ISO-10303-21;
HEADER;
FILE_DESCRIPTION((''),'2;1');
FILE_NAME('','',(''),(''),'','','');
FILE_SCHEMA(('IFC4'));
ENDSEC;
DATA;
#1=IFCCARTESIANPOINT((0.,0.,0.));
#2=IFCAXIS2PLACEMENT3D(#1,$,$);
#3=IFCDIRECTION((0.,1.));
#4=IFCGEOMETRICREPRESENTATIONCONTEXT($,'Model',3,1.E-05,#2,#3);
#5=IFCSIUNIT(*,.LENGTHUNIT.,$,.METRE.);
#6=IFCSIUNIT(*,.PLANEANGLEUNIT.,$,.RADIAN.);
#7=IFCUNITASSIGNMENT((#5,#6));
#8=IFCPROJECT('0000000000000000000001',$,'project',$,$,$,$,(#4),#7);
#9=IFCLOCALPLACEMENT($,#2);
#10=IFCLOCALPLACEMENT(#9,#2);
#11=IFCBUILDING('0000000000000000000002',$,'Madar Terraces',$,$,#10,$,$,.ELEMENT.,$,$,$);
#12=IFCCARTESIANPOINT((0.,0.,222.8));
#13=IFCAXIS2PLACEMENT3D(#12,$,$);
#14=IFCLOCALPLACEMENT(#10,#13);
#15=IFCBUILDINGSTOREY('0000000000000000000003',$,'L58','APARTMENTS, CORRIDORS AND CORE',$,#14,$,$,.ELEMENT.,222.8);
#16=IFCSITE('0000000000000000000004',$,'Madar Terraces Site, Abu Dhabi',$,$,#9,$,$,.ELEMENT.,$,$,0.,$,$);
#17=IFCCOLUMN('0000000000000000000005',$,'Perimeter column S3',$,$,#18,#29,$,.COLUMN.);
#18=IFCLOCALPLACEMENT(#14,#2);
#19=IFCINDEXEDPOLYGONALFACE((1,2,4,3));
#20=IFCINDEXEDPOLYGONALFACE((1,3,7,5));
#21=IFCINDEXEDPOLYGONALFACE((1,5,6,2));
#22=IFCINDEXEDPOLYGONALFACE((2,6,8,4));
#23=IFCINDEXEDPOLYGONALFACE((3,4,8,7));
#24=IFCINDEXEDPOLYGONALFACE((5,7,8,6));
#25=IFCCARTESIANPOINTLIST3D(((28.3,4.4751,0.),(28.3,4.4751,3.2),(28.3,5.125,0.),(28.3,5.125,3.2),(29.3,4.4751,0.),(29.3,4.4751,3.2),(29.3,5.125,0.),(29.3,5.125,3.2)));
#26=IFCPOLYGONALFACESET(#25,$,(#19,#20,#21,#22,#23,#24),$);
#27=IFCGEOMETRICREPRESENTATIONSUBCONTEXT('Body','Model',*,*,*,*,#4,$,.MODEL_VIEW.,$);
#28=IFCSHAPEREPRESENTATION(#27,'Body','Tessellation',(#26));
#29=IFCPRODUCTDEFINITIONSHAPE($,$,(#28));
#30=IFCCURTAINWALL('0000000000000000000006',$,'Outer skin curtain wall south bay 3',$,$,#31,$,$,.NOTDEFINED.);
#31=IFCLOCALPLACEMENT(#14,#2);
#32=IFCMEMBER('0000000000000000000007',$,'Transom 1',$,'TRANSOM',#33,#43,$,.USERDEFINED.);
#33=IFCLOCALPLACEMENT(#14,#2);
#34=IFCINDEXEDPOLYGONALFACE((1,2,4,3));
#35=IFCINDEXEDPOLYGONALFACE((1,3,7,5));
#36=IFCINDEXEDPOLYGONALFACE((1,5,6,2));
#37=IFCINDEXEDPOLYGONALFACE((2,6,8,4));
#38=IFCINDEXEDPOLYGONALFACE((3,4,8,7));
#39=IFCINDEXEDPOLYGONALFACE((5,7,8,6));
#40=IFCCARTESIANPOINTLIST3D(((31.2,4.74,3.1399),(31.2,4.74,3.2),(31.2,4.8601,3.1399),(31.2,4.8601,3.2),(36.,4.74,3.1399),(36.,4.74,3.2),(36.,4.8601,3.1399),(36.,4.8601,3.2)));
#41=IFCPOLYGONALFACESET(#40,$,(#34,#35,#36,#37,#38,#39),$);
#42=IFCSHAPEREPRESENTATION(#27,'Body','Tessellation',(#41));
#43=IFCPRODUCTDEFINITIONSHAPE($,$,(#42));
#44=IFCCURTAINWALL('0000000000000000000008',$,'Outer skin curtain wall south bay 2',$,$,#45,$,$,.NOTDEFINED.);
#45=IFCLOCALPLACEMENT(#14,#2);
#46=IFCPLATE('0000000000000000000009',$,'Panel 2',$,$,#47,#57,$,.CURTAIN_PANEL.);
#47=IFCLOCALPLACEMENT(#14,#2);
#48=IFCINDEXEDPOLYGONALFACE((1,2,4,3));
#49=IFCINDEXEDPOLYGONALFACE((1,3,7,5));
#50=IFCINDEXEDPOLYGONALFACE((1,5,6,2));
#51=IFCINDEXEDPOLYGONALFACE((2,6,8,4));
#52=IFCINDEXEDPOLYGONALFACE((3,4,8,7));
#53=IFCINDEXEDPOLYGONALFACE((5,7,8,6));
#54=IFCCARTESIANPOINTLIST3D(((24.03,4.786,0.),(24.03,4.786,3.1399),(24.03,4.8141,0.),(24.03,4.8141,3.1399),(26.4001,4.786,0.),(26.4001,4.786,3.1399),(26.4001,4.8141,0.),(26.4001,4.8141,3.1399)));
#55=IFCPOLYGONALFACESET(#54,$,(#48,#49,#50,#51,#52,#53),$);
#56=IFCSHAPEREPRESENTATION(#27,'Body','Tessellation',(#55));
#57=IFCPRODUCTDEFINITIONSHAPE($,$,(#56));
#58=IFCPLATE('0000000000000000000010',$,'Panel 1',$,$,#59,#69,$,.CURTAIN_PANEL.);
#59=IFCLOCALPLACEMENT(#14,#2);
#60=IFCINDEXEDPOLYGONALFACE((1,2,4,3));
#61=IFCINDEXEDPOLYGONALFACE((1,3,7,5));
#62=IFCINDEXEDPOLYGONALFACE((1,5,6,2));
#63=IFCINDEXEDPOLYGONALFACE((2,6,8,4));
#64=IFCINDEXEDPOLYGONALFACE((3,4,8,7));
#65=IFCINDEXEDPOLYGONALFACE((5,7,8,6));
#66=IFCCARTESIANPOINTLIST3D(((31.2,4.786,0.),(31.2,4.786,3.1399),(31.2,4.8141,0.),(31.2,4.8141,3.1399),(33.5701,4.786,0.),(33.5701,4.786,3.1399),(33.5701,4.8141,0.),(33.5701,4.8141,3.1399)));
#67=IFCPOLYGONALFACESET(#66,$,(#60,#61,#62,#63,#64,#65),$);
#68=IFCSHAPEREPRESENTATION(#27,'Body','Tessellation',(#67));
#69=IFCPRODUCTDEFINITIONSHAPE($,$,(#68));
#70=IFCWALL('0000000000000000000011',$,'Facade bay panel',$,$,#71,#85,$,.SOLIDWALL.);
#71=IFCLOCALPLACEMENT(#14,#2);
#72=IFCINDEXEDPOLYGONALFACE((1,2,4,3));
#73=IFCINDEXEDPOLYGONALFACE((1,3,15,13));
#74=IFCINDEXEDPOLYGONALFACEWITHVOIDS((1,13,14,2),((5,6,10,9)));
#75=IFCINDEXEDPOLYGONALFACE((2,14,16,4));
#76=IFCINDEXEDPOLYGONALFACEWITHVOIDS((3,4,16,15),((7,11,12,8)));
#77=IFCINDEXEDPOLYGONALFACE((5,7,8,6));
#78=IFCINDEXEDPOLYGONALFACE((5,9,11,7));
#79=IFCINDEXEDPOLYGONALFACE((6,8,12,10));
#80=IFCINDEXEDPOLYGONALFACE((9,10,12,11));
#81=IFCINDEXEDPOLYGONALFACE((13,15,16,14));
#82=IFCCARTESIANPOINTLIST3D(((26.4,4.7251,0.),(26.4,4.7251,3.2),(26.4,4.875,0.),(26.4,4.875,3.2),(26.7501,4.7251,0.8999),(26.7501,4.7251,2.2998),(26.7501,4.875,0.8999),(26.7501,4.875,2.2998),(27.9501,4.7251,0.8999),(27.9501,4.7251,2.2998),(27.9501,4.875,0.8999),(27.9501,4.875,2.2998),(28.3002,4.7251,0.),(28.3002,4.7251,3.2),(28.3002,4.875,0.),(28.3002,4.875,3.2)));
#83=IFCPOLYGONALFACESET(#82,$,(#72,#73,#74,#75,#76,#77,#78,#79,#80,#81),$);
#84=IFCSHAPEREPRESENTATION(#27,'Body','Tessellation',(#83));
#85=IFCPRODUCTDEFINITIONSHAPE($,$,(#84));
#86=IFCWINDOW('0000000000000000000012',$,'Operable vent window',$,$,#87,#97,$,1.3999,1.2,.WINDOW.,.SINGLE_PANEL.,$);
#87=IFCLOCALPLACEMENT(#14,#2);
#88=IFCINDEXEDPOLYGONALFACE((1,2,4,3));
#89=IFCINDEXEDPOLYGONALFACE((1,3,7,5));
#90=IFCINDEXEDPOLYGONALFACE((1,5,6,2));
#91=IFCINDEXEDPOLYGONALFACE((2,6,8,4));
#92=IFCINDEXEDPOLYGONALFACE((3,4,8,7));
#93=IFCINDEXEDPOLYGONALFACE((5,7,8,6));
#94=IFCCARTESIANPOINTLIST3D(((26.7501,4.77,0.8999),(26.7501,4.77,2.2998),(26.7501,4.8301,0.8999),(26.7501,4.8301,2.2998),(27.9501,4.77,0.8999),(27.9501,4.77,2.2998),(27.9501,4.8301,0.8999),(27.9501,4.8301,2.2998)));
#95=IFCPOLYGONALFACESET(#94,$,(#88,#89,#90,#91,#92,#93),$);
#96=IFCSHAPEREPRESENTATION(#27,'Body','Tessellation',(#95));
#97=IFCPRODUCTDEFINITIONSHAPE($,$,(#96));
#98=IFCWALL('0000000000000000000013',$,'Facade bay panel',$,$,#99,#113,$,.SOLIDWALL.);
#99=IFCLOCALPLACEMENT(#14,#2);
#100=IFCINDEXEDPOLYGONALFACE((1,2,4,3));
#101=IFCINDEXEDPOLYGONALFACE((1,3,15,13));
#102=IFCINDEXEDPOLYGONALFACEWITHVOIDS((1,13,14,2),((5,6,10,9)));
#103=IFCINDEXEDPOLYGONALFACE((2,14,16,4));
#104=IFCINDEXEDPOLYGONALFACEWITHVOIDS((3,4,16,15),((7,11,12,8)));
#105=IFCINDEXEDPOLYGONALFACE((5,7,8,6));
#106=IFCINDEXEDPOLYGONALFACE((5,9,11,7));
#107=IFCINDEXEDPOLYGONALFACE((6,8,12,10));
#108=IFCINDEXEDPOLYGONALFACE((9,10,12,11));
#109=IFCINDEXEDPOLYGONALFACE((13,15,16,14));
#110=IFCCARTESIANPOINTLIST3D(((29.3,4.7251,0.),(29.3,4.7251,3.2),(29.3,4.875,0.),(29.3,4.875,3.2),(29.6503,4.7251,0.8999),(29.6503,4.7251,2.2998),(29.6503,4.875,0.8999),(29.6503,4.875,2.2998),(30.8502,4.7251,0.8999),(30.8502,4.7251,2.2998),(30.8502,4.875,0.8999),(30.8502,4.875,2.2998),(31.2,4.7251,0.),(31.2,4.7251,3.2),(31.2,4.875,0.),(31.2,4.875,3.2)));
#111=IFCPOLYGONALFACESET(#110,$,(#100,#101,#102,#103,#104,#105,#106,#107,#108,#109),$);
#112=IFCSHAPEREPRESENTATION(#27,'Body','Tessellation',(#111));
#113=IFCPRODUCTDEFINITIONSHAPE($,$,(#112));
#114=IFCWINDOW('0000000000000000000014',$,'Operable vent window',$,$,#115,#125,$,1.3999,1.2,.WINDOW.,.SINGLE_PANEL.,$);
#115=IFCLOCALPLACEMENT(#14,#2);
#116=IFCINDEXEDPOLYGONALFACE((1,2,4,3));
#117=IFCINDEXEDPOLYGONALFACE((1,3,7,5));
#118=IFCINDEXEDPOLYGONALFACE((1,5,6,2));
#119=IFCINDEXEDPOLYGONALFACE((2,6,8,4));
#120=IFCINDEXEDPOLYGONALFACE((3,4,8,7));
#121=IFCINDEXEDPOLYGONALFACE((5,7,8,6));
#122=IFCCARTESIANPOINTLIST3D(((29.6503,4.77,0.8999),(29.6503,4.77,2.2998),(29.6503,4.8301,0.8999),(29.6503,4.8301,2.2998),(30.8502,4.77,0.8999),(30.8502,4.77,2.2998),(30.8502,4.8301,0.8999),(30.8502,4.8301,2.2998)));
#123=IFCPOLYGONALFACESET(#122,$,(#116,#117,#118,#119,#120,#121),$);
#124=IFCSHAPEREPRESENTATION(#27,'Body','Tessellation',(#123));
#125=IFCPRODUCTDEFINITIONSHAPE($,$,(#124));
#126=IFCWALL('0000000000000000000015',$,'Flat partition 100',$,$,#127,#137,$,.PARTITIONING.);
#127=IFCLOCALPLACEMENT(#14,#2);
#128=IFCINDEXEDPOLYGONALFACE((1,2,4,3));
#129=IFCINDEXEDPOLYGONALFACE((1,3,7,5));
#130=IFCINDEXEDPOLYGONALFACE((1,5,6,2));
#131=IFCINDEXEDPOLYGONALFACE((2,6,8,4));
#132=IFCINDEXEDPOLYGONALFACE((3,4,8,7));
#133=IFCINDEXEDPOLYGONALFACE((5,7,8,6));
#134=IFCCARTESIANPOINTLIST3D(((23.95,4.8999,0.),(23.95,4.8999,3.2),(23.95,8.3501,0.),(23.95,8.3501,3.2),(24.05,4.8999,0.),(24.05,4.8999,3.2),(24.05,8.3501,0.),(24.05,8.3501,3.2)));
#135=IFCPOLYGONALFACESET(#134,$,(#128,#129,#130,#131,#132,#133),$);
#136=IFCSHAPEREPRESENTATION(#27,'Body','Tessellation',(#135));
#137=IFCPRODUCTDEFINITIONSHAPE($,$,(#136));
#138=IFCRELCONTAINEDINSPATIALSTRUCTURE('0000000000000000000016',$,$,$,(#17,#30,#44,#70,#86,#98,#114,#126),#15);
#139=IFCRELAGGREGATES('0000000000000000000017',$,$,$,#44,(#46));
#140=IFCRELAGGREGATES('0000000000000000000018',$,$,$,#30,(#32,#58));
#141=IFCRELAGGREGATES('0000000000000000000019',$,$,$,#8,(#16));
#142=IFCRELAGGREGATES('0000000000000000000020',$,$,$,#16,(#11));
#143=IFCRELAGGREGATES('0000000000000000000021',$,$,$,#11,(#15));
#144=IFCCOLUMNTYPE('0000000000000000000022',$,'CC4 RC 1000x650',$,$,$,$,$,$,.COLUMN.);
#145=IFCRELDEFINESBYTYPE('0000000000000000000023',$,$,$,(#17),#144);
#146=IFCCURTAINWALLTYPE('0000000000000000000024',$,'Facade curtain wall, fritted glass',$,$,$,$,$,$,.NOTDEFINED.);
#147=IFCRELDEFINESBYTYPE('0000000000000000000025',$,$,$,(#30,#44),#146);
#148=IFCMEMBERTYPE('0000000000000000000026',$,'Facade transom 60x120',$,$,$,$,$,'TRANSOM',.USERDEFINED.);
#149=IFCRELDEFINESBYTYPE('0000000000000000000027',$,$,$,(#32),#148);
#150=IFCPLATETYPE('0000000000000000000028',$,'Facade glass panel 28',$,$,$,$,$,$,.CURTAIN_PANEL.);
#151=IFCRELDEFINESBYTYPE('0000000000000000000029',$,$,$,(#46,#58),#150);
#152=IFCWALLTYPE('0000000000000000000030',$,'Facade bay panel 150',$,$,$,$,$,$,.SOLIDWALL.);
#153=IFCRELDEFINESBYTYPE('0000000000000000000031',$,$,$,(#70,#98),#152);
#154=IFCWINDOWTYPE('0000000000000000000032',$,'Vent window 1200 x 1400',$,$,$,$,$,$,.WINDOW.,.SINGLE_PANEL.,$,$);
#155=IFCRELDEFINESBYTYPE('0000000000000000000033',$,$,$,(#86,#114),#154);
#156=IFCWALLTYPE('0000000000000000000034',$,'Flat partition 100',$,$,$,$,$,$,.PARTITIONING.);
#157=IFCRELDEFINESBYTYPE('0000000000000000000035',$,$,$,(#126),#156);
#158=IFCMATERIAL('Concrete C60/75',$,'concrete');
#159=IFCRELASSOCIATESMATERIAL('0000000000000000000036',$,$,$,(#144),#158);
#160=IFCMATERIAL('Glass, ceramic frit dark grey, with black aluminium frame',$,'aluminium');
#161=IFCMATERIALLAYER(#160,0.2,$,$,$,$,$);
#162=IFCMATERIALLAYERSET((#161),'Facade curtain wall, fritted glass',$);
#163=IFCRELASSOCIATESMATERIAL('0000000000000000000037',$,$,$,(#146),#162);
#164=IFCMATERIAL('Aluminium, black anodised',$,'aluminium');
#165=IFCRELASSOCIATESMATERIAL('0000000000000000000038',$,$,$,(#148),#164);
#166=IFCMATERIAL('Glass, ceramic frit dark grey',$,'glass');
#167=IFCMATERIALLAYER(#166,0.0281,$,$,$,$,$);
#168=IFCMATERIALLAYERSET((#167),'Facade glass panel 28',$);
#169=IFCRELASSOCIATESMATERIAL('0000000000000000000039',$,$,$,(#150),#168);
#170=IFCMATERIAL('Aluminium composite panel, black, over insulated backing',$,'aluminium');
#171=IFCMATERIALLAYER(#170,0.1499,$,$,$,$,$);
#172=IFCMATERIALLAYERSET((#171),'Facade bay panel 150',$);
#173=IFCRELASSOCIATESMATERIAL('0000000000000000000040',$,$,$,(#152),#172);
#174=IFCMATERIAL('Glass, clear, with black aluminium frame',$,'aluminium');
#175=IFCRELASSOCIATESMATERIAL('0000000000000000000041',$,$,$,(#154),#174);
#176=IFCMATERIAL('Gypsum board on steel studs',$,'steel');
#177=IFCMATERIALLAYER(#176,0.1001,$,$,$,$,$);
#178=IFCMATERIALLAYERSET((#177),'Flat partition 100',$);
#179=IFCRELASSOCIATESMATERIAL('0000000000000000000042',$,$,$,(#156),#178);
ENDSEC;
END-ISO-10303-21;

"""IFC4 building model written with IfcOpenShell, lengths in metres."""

from ifc_helpers import new_model, si_unit, direction, frame, frame_2d, origin, origin_2d, place, context, subcontext, project, spatial, rectangle, extrude, material, layer, layer_set, material_profile, profile_set, type_object, element, fill, aggregate, save


model = new_model("IFC4")

# Units and contexts
model_context = context("Model", 3, precision=1e-05, world=origin(), true_north=direction((0.0, 1.0)))
body_context = subcontext(model_context, "Body", "Model", "MODEL_VIEW")
ifc_project = project(units=[si_unit("LENGTHUNIT", "METRE"), si_unit("PLANEANGLEUNIT", "RADIAN")], contexts=[model_context])

# Site, building, storey
site_placement = place(None, origin())
site = spatial("IfcSite", under=ifc_project, at=site_placement, Name="Madar Terraces Site, Abu Dhabi", CompositionType="ELEMENT", RefElevation=0.0)
building_placement = place(site_placement, origin())
building = spatial("IfcBuilding", under=site, at=building_placement, Name="Madar Terraces", CompositionType="ELEMENT")
storey_placement = place(building_placement, frame((0.0, 0.0, 222.8)))
storey = spatial("IfcBuildingStorey", under=building, at=storey_placement, Name="L58", Description="APARTMENTS, CORRIDORS AND CORE", CompositionType="ELEMENT", Elevation=222.8)

# Column
ifc_material_1 = material(Name="Concrete C60/75", Category="concrete")
ifc_material_profile_1 = material_profile(ifc_material_1, rectangle(XDim=1.0, YDim=0.6499, at=origin_2d()), Name="CC4 RC 1000x650")
ifc_profile_set_1 = profile_set([ifc_material_profile_1], Name="Concrete C60/75")
column_type = type_object("IfcColumnType", Name="CC4 RC 1000x650", PredefinedType="COLUMN", material=ifc_profile_set_1)
column_placement = place(storey_placement, frame((28.8, 4.8, 0.0), z_axis=(0.0, 0.0, 1.0), x_axis=(1.0, 0.0, 0.0)))
element("IfcColumn", 1, at=column_placement, inside=storey, type_object=column_type, Name="Perimeter column S3", PredefinedType="COLUMN", context=body_context, shape_type="SweptSolid", body=[
    extrude(rectangle(XDim=1.0, YDim=0.6499, at=origin_2d()), origin(), (0.0, 0.0, 1.0), 3.2),
])

# Curtain wall, member
ifc_material_2 = material(Name="Glass, ceramic frit dark grey, with black aluminium frame", Category="aluminium")
ifc_layer_1 = layer(ifc_material_2, 0.2)
ifc_layer_set_1 = layer_set([ifc_layer_1], Name="Facade curtain wall, fritted glass")
curtain_wall_type = type_object("IfcCurtainWallType", Name="Facade curtain wall, fritted glass", PredefinedType="NOTDEFINED", material=ifc_layer_set_1)
curtain_wall_1_placement = place(storey_placement, origin())
curtain_wall_1 = element("IfcCurtainWall", 2, at=curtain_wall_1_placement, inside=storey, type_object=curtain_wall_type, Name="Outer skin curtain wall south bay 3", PredefinedType="NOTDEFINED")
ifc_material_3 = material(Name="Aluminium, black anodised", Category="aluminium")
ifc_material_profile_2 = material_profile(ifc_material_3, rectangle(XDim=0.1201, YDim=0.0601, at=origin_2d()), Name="Facade transom 60x120")
ifc_profile_set_2 = profile_set([ifc_material_profile_2], Name="Aluminium, black anodised")
member_type = type_object("IfcMemberType", Name="Facade transom 60x120", ElementType="TRANSOM", PredefinedType="USERDEFINED", material=ifc_profile_set_2)
member_placement = place(storey_placement, frame((31.2, 4.8, 3.1699), z_axis=(1.0, 0.0, 0.0), x_axis=(0.0, 1.0, 0.0)))
member = element("IfcMember", 3, at=member_placement, type_object=member_type, Name="Transom 1", ObjectType="TRANSOM", PredefinedType="USERDEFINED", context=body_context, shape_type="SweptSolid", body=[
    extrude(rectangle(XDim=0.1201, YDim=0.0601, at=origin_2d()), origin(), (0.0, 0.0, 1.0), 4.8),
])

# Curtain wall, plate
curtain_wall_2_placement = place(storey_placement, origin())
curtain_wall_2 = element("IfcCurtainWall", 4, at=curtain_wall_2_placement, inside=storey, type_object=curtain_wall_type, Name="Outer skin curtain wall south bay 2", PredefinedType="NOTDEFINED")
ifc_material_4 = material(Name="Glass, ceramic frit dark grey", Category="glass")
ifc_layer_2 = layer(ifc_material_4, 0.0281)
ifc_layer_set_2 = layer_set([ifc_layer_2], Name="Facade glass panel 28")
plate_type = type_object("IfcPlateType", Name="Facade glass panel 28", PredefinedType="CURTAIN_PANEL", material=ifc_layer_set_2)
plate_1_placement = place(storey_placement, frame((25.2151, 4.8, 0.0), z_axis=(0.0, 0.0, 1.0), x_axis=(1.0, 0.0, 0.0)))
plate_1 = element("IfcPlate", 5, at=plate_1_placement, type_object=plate_type, Name="Panel 2", PredefinedType="CURTAIN_PANEL", context=body_context, shape_type="SweptSolid", body=[
    extrude(rectangle(XDim=2.3701, YDim=0.0281, at=origin_2d()), origin(), (0.0, 0.0, 1.0), 3.1399),
])
aggregate(curtain_wall_2, [plate_1])

# Plate
plate_2_placement = place(storey_placement, frame((32.385, 4.8, 0.0), z_axis=(0.0, 0.0, 1.0), x_axis=(1.0, 0.0, 0.0)))
plate_2 = element("IfcPlate", 6, at=plate_2_placement, type_object=plate_type, Name="Panel 1", PredefinedType="CURTAIN_PANEL", context=body_context, shape_type="SweptSolid", body=[
    extrude(rectangle(XDim=2.3701, YDim=0.0281, at=origin_2d()), origin(), (0.0, 0.0, 1.0), 3.1399),
])
aggregate(curtain_wall_1, [member, plate_2])

# Walls, openings, windows
ifc_material_5 = material(Name="Aluminium composite panel, black, over insulated backing", Category="aluminium")
ifc_layer_3 = layer(ifc_material_5, 0.1499)
ifc_layer_set_3 = layer_set([ifc_layer_3], Name="Facade bay panel 150")
wall_type_1 = type_object("IfcWallType", Name="Facade bay panel 150", PredefinedType="SOLIDWALL", material=ifc_layer_set_3)
wall_1_placement = place(storey_placement, frame((26.3999, 4.8, 0.0), z_axis=(0.0, 0.0, 1.0), x_axis=(1.0, 0.0, 0.0)))
wall_1 = element("IfcWall", 7, at=wall_1_placement, inside=storey, type_object=wall_type_1, Name="Facade bay panel", PredefinedType="SOLIDWALL", context=body_context, shape_type="SweptSolid", body=[
    extrude(rectangle(XDim=1.9001, YDim=0.1499, at=frame_2d((0.9502, 0.0))), origin(), (0.0, 0.0, 1.0), 3.2),
])
opening_1_placement = place(wall_1_placement, frame((0.3501, 0.0, 0.8999)))
opening_1 = element("IfcOpeningElement", 8, at=opening_1_placement, cuts=wall_1, PredefinedType="OPENING", context=body_context, shape_type="SweptSolid", body=[
    extrude(rectangle(XDim=1.2, YDim=1.3999, at=frame_2d((0.6001, 0.7))), frame((0.0, 0.085, 0.0), z_axis=(0.0, -1.0, 0.0), x_axis=(1.0, 0.0, 0.0)), (0.0, 0.0, 1.0), 0.1699),
])
ifc_material_6 = material(Name="Glass, clear, with black aluminium frame", Category="aluminium")
window_type = type_object("IfcWindowType", Name="Vent window 1200 x 1400", PartitioningType="SINGLE_PANEL", PredefinedType="WINDOW", material=ifc_material_6)
window_1_placement = place(opening_1_placement, origin())
window_1 = element("IfcWindow", 9, at=window_1_placement, inside=storey, type_object=window_type, Name="Operable vent window", OverallHeight=1.3999, OverallWidth=1.2, PartitioningType="SINGLE_PANEL", PredefinedType="WINDOW", context=body_context, shape_type="SweptSolid", body=[
    extrude(rectangle(XDim=1.2, YDim=1.3999, at=frame_2d((0.6001, 0.7))), frame((0.0, 0.03, 0.0), z_axis=(0.0, -1.0, 0.0), x_axis=(1.0, 0.0, 0.0)), (0.0, 0.0, 1.0), 0.0601),
])
fill(opening_1, window_1)
wall_2_placement = place(storey_placement, frame((29.3, 4.8, 0.0), z_axis=(0.0, 0.0, 1.0), x_axis=(1.0, 0.0, 0.0)))
wall_2 = element("IfcWall", 10, at=wall_2_placement, inside=storey, type_object=wall_type_1, Name="Facade bay panel", PredefinedType="SOLIDWALL", context=body_context, shape_type="SweptSolid", body=[
    extrude(rectangle(XDim=1.8999, YDim=0.1499, at=frame_2d((0.95, 0.0))), origin(), (0.0, 0.0, 1.0), 3.2),
])
opening_2_placement = place(wall_2_placement, frame((0.3501, 0.0, 0.8999)))
opening_2 = element("IfcOpeningElement", 11, at=opening_2_placement, cuts=wall_2, PredefinedType="OPENING", context=body_context, shape_type="SweptSolid", body=[
    extrude(rectangle(XDim=1.2, YDim=1.3999, at=frame_2d((0.6001, 0.7))), frame((0.0, 0.085, 0.0), z_axis=(0.0, -1.0, 0.0), x_axis=(1.0, 0.0, 0.0)), (0.0, 0.0, 1.0), 0.1699),
])
window_2_placement = place(opening_2_placement, origin())
window_2 = element("IfcWindow", 12, at=window_2_placement, inside=storey, type_object=window_type, Name="Operable vent window", OverallHeight=1.3999, OverallWidth=1.2, PartitioningType="SINGLE_PANEL", PredefinedType="WINDOW", context=body_context, shape_type="SweptSolid", body=[
    extrude(rectangle(XDim=1.2, YDim=1.3999, at=frame_2d((0.6001, 0.7))), frame((0.0, 0.03, 0.0), z_axis=(0.0, -1.0, 0.0), x_axis=(1.0, 0.0, 0.0)), (0.0, 0.0, 1.0), 0.0601),
])
fill(opening_2, window_2)

# Wall
ifc_material_7 = material(Name="Gypsum board on steel studs", Category="steel")
ifc_layer_4 = layer(ifc_material_7, 0.1001)
ifc_layer_set_4 = layer_set([ifc_layer_4], Name="Flat partition 100")
wall_type_2 = type_object("IfcWallType", Name="Flat partition 100", PredefinedType="PARTITIONING", material=ifc_layer_set_4)
wall_3_placement = place(storey_placement, frame((24.0, 8.3501, 0.0), z_axis=(0.0, 0.0, 1.0), x_axis=(0.0, -1.0, 0.0)))
element("IfcWall", 13, at=wall_3_placement, inside=storey, type_object=wall_type_2, Name="Flat partition 100", PredefinedType="PARTITIONING", context=body_context, shape_type="SweptSolid", body=[
    extrude(rectangle(XDim=3.4502, YDim=0.1001, at=frame_2d((1.7251, 0.0))), origin(), (0.0, 0.0, 1.0), 3.2),
])

save(model, "model.ifc")
